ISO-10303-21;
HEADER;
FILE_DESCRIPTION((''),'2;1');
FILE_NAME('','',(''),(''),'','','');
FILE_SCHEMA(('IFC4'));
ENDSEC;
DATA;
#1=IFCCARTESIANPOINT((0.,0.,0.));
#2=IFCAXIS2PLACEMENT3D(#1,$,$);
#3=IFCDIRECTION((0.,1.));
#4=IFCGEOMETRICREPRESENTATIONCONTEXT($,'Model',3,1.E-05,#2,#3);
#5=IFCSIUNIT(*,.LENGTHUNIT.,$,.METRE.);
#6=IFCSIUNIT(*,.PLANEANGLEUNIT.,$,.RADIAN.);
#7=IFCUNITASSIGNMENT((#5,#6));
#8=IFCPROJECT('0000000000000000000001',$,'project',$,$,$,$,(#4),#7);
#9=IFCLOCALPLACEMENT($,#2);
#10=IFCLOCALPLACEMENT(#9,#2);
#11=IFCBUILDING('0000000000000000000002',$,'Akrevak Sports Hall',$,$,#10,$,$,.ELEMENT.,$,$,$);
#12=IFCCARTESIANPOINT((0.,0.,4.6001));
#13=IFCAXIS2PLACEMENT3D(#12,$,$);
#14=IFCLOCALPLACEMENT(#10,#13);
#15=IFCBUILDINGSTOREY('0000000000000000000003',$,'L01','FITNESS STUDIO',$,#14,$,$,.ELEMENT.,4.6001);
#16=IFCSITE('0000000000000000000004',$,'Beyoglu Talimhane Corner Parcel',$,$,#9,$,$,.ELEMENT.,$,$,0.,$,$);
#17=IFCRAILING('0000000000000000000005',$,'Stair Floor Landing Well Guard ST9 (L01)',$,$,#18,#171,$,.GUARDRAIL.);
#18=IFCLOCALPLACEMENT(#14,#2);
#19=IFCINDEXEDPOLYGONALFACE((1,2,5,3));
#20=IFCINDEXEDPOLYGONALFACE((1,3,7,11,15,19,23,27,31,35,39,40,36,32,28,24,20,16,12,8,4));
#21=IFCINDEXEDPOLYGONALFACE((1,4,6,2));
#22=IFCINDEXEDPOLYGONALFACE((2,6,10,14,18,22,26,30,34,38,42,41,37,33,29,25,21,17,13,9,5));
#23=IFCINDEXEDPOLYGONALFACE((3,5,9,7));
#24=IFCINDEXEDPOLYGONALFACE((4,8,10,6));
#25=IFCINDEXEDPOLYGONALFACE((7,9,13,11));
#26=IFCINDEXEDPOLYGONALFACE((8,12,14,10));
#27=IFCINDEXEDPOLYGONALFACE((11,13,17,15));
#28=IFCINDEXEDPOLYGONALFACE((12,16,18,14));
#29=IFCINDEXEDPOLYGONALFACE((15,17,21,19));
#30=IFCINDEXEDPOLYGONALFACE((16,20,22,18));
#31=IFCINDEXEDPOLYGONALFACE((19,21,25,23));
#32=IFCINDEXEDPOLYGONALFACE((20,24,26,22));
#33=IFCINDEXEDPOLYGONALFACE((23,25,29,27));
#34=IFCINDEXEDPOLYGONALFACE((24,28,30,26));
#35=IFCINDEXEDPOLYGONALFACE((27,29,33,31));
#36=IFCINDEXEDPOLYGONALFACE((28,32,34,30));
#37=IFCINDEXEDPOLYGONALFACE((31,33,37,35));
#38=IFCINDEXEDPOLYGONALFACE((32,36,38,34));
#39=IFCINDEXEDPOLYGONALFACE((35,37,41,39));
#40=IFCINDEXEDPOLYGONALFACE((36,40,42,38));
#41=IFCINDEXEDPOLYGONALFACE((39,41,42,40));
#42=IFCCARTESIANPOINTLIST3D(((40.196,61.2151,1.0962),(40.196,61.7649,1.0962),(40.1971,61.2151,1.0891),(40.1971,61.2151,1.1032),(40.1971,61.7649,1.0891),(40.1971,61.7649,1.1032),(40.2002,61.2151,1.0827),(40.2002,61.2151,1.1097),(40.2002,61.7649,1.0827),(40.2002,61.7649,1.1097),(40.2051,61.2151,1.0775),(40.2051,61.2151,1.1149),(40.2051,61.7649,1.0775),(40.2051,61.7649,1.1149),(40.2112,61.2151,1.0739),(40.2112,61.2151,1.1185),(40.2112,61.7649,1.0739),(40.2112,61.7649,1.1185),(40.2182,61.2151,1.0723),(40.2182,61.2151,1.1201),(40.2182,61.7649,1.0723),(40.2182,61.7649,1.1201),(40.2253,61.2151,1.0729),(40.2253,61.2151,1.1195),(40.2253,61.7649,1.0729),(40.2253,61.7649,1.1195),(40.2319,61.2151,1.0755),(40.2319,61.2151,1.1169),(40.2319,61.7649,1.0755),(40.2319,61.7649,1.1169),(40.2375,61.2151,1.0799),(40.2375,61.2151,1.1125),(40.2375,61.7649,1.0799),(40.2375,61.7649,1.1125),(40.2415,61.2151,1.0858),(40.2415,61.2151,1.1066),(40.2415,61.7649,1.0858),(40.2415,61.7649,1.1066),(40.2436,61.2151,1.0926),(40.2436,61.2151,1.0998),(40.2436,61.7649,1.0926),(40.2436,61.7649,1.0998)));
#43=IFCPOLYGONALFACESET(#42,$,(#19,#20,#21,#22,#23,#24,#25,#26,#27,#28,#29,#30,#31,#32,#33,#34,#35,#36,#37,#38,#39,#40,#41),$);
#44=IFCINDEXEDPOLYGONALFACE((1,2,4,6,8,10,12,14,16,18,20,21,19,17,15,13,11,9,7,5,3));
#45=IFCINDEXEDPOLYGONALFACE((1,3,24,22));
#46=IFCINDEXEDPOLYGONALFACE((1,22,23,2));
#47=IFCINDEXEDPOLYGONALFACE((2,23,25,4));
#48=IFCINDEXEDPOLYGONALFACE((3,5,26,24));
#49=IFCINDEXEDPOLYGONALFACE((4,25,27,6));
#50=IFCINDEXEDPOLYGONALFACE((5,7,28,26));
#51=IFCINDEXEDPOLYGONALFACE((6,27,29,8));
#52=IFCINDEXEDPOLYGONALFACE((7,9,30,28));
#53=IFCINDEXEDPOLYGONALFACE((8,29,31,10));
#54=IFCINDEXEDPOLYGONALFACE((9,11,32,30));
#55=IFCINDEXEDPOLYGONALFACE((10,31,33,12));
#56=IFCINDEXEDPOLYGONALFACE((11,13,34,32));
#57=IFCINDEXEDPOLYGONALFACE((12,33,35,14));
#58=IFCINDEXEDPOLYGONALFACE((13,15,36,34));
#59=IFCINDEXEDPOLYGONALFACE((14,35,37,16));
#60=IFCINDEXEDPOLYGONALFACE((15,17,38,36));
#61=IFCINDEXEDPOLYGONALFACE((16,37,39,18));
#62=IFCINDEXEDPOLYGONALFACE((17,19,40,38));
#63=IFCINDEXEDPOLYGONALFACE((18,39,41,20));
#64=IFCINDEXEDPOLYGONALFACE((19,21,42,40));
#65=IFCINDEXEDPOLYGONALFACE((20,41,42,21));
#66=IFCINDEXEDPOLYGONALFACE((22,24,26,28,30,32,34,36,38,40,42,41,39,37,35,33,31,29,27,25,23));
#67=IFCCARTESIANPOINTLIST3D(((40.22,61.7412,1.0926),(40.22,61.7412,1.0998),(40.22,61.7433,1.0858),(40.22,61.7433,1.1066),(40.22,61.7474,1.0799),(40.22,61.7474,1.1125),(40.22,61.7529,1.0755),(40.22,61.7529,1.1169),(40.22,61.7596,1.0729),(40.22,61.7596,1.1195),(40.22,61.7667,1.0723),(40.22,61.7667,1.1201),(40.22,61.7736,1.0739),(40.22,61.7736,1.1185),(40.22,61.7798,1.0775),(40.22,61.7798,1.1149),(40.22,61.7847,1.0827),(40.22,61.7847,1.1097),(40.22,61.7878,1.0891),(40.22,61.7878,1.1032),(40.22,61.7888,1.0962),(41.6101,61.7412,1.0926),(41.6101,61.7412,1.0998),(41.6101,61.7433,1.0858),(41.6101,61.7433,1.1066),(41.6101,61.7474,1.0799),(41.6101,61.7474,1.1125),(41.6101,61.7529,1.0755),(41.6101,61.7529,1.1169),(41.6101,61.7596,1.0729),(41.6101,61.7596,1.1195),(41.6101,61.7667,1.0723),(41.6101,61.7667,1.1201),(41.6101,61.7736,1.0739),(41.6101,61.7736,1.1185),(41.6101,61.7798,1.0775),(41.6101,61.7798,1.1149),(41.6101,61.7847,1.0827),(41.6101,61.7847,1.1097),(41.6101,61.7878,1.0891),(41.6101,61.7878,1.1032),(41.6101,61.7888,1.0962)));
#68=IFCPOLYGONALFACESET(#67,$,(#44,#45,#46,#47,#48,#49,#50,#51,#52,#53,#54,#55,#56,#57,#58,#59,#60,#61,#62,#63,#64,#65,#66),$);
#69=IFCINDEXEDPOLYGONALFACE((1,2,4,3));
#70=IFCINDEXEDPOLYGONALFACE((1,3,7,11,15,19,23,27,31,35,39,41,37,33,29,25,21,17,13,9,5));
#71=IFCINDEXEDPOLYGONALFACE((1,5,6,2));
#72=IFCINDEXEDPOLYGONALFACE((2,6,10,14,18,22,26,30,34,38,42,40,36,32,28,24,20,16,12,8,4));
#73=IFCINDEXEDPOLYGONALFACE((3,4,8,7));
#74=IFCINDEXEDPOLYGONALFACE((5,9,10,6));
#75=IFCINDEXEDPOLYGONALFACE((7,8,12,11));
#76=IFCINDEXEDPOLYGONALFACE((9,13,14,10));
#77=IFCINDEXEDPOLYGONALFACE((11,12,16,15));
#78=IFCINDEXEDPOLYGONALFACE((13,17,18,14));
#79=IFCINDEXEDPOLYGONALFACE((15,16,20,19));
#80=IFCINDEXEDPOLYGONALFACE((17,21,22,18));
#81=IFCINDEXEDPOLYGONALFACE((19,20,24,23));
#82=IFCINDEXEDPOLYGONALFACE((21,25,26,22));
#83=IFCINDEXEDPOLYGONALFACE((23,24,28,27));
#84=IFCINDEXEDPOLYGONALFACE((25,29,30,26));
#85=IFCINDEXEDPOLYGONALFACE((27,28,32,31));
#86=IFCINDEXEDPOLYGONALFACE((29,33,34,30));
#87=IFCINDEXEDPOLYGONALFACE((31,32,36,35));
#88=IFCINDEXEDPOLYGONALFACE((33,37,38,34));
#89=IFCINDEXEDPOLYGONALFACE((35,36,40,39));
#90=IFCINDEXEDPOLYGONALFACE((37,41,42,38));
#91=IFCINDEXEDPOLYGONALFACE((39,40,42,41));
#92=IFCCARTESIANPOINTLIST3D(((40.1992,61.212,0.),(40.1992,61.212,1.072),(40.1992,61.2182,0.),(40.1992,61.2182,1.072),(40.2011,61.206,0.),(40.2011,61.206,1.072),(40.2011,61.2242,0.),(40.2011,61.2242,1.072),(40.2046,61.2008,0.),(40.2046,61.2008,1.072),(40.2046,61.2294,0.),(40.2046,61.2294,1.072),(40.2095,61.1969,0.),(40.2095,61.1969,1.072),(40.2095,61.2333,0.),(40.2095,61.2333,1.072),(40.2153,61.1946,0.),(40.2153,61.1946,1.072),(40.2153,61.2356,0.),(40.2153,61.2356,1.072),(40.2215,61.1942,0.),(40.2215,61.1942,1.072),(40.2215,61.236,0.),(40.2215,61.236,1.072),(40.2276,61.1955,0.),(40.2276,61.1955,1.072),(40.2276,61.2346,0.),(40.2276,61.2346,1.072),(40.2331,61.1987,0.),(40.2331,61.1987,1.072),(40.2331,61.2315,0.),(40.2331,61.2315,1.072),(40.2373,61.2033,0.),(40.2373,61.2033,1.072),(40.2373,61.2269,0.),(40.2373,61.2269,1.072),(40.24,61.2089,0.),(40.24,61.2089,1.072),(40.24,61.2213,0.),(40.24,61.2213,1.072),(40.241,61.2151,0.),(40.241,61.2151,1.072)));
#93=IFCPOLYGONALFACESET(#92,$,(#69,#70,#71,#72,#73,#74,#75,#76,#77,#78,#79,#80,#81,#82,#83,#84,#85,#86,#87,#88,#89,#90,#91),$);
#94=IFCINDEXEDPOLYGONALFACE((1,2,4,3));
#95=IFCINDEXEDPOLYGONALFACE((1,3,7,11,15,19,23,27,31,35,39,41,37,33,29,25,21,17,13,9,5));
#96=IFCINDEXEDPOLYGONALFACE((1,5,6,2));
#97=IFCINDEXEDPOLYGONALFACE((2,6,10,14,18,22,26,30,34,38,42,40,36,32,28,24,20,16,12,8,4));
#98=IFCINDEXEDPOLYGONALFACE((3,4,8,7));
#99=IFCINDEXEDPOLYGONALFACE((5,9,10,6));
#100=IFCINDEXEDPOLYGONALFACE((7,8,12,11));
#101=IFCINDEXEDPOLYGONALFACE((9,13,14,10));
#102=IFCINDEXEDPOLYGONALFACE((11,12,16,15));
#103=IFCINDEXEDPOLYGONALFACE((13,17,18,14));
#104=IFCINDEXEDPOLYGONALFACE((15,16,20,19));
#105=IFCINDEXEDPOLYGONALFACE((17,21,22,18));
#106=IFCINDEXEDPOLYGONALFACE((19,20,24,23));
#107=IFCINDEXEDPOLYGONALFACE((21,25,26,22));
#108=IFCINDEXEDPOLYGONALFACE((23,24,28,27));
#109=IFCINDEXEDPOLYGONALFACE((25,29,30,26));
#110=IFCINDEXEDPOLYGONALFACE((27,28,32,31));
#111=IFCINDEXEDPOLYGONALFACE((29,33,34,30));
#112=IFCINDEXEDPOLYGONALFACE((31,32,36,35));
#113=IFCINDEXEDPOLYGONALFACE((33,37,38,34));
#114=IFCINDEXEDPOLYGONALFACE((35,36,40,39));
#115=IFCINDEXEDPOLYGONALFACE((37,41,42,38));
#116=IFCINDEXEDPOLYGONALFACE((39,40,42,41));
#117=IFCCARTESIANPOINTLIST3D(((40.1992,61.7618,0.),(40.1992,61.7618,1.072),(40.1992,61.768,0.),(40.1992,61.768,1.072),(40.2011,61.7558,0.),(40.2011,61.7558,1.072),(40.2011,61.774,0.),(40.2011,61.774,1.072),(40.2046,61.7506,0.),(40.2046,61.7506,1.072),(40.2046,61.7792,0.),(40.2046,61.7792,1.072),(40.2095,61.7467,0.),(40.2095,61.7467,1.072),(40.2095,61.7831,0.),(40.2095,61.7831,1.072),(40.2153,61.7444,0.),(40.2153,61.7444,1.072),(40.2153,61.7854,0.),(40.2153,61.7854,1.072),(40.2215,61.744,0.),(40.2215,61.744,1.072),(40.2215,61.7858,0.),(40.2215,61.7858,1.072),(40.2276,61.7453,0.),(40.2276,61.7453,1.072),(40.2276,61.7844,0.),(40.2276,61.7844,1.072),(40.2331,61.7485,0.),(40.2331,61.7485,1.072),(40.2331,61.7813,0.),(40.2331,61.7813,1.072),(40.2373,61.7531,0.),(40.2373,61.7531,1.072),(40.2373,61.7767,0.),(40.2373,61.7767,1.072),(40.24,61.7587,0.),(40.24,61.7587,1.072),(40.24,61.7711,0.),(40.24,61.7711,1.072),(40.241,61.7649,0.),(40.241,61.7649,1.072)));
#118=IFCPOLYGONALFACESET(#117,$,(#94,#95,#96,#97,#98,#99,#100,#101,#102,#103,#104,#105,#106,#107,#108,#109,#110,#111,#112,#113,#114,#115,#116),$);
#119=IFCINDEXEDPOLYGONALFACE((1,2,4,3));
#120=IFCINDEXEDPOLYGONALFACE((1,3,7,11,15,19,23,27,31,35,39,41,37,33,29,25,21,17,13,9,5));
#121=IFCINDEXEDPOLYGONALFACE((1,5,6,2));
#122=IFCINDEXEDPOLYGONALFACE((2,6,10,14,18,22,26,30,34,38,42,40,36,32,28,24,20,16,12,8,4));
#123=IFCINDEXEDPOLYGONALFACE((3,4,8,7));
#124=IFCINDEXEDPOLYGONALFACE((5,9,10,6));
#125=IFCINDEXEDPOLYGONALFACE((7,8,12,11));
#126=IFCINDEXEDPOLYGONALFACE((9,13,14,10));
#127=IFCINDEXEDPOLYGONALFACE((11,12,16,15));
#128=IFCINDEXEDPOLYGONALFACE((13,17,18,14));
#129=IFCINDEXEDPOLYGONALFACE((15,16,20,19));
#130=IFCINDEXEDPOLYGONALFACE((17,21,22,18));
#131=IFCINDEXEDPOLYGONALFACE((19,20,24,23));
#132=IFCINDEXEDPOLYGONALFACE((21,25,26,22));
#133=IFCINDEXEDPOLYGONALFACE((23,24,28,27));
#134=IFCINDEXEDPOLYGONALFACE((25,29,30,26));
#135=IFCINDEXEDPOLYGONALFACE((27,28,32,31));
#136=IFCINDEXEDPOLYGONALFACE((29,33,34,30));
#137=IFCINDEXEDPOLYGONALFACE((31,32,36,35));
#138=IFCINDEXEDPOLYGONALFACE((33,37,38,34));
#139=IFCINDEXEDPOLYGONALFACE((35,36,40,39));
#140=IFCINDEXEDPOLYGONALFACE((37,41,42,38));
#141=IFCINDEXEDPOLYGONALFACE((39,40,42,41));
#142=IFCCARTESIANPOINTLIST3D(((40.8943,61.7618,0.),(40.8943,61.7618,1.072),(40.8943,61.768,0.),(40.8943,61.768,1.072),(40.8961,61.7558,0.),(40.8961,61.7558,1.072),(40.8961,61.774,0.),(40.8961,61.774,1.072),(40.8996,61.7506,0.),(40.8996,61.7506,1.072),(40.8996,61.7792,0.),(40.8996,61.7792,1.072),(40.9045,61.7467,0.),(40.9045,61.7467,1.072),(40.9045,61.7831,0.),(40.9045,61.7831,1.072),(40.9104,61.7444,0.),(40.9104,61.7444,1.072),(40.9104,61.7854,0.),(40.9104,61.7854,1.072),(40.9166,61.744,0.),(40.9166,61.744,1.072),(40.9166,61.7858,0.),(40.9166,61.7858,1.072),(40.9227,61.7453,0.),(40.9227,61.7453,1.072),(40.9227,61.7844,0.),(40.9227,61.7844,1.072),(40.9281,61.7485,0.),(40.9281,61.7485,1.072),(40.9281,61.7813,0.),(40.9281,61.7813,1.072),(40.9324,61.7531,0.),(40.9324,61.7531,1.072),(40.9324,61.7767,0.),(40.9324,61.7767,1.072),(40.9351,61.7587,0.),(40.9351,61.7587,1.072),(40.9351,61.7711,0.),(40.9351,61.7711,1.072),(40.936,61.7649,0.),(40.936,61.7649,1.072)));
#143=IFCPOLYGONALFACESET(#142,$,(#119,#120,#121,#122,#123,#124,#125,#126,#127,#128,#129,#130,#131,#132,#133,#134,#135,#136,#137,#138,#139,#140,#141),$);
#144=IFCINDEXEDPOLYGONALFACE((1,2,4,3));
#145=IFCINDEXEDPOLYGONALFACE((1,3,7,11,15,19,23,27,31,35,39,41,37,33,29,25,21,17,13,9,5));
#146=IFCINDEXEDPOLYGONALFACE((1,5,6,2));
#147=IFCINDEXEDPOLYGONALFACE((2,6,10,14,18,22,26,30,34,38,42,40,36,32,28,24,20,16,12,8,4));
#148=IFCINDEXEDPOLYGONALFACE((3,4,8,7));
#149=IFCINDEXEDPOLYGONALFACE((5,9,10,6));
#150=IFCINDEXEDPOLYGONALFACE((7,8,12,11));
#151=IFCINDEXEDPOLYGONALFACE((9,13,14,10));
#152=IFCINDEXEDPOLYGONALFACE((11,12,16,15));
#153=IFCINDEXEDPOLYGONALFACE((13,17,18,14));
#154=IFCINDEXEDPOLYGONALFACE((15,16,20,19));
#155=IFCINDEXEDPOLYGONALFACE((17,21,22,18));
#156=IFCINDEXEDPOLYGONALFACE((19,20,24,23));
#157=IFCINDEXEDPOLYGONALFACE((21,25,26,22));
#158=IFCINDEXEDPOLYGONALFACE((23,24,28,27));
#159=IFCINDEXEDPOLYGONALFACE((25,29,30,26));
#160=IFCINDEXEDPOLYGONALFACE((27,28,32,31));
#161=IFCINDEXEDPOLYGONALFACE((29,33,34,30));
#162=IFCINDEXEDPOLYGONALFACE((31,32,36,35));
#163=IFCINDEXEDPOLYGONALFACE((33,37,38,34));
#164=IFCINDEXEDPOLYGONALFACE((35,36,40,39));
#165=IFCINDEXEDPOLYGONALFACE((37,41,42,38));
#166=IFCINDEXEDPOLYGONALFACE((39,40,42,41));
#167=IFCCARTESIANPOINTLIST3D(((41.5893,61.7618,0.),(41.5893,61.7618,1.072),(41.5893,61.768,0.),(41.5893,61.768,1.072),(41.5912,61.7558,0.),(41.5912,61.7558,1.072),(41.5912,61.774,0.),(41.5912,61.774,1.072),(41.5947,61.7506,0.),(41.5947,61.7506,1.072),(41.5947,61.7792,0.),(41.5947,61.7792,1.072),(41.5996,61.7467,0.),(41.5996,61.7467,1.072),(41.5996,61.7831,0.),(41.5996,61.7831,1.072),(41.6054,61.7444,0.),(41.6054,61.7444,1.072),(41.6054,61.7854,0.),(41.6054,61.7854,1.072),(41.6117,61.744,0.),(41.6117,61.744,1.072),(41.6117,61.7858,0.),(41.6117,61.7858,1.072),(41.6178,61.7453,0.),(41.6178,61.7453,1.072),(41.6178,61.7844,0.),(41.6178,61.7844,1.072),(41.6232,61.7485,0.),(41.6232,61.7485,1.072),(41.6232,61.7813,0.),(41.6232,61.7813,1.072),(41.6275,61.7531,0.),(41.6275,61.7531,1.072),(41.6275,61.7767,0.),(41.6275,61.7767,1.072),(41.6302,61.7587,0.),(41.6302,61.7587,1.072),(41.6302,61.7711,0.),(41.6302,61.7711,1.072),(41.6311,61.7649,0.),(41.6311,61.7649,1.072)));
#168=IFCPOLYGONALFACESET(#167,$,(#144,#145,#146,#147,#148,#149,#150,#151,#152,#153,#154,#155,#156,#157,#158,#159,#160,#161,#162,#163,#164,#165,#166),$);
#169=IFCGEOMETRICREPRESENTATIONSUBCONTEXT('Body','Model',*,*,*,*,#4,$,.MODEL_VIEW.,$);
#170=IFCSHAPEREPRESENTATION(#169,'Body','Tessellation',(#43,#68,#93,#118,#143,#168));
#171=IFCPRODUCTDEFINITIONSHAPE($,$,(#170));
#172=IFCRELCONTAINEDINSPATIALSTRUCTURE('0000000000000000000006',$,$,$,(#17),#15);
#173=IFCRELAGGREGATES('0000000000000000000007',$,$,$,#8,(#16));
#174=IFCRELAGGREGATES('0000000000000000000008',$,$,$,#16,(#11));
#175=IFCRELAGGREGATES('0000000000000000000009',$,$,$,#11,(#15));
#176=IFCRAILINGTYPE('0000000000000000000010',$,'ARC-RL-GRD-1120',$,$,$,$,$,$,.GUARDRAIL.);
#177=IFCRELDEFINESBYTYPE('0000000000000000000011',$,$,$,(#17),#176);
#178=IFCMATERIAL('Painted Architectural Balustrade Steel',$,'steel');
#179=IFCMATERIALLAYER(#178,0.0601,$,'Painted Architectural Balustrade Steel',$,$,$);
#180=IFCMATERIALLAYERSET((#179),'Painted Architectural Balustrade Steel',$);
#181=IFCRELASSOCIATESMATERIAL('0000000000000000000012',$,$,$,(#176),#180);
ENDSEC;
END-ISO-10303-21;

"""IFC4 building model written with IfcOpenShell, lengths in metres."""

from ifc_helpers import new_model, si_unit, direction, frame, origin, origin_2d, place, context, subcontext, project, spatial, circle, extrude, material, layer, layer_set, type_object, element, save


model = new_model("IFC4")

# Units and contexts
model_context = context("Model", 3, precision=1e-05, world=origin(), true_north=direction((0.0, 1.0)))
body_context = subcontext(model_context, "Body", "Model", "MODEL_VIEW")
ifc_project = project(units=[si_unit("LENGTHUNIT", "METRE"), si_unit("PLANEANGLEUNIT", "RADIAN")], contexts=[model_context])

# Site, building, storey
site_placement = place(None, origin())
site = spatial("IfcSite", under=ifc_project, at=site_placement, Name="Beyoglu Talimhane Corner Parcel", CompositionType="ELEMENT", RefElevation=0.0)
building_placement = place(site_placement, origin())
building = spatial("IfcBuilding", under=site, at=building_placement, Name="Akrevak Sports Hall", CompositionType="ELEMENT")
storey_placement = place(building_placement, frame((0.0, 0.0, 4.6001)))
storey = spatial("IfcBuildingStorey", under=building, at=storey_placement, Name="L01", Description="FITNESS STUDIO", CompositionType="ELEMENT", Elevation=4.6001)

# Railing
ifc_material_1 = material(Name="Painted Architectural Balustrade Steel", Category="steel")
ifc_layer_1 = layer(ifc_material_1, 0.0601, Name="Painted Architectural Balustrade Steel")
ifc_layer_set_1 = layer_set([ifc_layer_1], Name="Painted Architectural Balustrade Steel")
railing_type_1 = type_object("IfcRailingType", Name="ARC-RL-GRD-1120", PredefinedType="GUARDRAIL", material=ifc_layer_set_1)
railing_1_placement = place(storey_placement, frame((40.22, 61.2151, 0.0)))
element("IfcRailing", 1, at=railing_1_placement, inside=storey, type_object=railing_type_1, Name="Stair Floor Landing Well Guard ST9 (L01)", PredefinedType="GUARDRAIL", context=body_context, shape_type="SweptSolid", body=[
    extrude(circle(Radius=0.0239, at=origin_2d()), frame((0.0, 0.0, 1.0962), z_axis=(0.0, 1.0, 0.0), x_axis=(-1.0, 0.0, 0.0)), (0.0, 0.0, 1.0), 0.5498),
    extrude(circle(Radius=0.0239, at=origin_2d()), frame((0.0, 0.5498, 1.0962), z_axis=(1.0, 0.0, 0.0), x_axis=(0.0, 1.0, 0.0)), (0.0, 0.0, 1.0), 1.3901),
    extrude(circle(Radius=0.021, at=origin_2d()), origin(), (0.0, 0.0, 1.0), 1.072),
    extrude(circle(Radius=0.021, at=origin_2d()), frame((0.0, 0.5498, 0.0)), (0.0, 0.0, 1.0), 1.072),
    extrude(circle(Radius=0.021, at=origin_2d()), frame((0.6951, 0.5498, 0.0)), (0.0, 0.0, 1.0), 1.072),
    extrude(circle(Radius=0.021, at=origin_2d()), frame((1.3901, 0.5498, 0.0)), (0.0, 0.0, 1.0), 1.072),
])

save(model, "model.ifc")
